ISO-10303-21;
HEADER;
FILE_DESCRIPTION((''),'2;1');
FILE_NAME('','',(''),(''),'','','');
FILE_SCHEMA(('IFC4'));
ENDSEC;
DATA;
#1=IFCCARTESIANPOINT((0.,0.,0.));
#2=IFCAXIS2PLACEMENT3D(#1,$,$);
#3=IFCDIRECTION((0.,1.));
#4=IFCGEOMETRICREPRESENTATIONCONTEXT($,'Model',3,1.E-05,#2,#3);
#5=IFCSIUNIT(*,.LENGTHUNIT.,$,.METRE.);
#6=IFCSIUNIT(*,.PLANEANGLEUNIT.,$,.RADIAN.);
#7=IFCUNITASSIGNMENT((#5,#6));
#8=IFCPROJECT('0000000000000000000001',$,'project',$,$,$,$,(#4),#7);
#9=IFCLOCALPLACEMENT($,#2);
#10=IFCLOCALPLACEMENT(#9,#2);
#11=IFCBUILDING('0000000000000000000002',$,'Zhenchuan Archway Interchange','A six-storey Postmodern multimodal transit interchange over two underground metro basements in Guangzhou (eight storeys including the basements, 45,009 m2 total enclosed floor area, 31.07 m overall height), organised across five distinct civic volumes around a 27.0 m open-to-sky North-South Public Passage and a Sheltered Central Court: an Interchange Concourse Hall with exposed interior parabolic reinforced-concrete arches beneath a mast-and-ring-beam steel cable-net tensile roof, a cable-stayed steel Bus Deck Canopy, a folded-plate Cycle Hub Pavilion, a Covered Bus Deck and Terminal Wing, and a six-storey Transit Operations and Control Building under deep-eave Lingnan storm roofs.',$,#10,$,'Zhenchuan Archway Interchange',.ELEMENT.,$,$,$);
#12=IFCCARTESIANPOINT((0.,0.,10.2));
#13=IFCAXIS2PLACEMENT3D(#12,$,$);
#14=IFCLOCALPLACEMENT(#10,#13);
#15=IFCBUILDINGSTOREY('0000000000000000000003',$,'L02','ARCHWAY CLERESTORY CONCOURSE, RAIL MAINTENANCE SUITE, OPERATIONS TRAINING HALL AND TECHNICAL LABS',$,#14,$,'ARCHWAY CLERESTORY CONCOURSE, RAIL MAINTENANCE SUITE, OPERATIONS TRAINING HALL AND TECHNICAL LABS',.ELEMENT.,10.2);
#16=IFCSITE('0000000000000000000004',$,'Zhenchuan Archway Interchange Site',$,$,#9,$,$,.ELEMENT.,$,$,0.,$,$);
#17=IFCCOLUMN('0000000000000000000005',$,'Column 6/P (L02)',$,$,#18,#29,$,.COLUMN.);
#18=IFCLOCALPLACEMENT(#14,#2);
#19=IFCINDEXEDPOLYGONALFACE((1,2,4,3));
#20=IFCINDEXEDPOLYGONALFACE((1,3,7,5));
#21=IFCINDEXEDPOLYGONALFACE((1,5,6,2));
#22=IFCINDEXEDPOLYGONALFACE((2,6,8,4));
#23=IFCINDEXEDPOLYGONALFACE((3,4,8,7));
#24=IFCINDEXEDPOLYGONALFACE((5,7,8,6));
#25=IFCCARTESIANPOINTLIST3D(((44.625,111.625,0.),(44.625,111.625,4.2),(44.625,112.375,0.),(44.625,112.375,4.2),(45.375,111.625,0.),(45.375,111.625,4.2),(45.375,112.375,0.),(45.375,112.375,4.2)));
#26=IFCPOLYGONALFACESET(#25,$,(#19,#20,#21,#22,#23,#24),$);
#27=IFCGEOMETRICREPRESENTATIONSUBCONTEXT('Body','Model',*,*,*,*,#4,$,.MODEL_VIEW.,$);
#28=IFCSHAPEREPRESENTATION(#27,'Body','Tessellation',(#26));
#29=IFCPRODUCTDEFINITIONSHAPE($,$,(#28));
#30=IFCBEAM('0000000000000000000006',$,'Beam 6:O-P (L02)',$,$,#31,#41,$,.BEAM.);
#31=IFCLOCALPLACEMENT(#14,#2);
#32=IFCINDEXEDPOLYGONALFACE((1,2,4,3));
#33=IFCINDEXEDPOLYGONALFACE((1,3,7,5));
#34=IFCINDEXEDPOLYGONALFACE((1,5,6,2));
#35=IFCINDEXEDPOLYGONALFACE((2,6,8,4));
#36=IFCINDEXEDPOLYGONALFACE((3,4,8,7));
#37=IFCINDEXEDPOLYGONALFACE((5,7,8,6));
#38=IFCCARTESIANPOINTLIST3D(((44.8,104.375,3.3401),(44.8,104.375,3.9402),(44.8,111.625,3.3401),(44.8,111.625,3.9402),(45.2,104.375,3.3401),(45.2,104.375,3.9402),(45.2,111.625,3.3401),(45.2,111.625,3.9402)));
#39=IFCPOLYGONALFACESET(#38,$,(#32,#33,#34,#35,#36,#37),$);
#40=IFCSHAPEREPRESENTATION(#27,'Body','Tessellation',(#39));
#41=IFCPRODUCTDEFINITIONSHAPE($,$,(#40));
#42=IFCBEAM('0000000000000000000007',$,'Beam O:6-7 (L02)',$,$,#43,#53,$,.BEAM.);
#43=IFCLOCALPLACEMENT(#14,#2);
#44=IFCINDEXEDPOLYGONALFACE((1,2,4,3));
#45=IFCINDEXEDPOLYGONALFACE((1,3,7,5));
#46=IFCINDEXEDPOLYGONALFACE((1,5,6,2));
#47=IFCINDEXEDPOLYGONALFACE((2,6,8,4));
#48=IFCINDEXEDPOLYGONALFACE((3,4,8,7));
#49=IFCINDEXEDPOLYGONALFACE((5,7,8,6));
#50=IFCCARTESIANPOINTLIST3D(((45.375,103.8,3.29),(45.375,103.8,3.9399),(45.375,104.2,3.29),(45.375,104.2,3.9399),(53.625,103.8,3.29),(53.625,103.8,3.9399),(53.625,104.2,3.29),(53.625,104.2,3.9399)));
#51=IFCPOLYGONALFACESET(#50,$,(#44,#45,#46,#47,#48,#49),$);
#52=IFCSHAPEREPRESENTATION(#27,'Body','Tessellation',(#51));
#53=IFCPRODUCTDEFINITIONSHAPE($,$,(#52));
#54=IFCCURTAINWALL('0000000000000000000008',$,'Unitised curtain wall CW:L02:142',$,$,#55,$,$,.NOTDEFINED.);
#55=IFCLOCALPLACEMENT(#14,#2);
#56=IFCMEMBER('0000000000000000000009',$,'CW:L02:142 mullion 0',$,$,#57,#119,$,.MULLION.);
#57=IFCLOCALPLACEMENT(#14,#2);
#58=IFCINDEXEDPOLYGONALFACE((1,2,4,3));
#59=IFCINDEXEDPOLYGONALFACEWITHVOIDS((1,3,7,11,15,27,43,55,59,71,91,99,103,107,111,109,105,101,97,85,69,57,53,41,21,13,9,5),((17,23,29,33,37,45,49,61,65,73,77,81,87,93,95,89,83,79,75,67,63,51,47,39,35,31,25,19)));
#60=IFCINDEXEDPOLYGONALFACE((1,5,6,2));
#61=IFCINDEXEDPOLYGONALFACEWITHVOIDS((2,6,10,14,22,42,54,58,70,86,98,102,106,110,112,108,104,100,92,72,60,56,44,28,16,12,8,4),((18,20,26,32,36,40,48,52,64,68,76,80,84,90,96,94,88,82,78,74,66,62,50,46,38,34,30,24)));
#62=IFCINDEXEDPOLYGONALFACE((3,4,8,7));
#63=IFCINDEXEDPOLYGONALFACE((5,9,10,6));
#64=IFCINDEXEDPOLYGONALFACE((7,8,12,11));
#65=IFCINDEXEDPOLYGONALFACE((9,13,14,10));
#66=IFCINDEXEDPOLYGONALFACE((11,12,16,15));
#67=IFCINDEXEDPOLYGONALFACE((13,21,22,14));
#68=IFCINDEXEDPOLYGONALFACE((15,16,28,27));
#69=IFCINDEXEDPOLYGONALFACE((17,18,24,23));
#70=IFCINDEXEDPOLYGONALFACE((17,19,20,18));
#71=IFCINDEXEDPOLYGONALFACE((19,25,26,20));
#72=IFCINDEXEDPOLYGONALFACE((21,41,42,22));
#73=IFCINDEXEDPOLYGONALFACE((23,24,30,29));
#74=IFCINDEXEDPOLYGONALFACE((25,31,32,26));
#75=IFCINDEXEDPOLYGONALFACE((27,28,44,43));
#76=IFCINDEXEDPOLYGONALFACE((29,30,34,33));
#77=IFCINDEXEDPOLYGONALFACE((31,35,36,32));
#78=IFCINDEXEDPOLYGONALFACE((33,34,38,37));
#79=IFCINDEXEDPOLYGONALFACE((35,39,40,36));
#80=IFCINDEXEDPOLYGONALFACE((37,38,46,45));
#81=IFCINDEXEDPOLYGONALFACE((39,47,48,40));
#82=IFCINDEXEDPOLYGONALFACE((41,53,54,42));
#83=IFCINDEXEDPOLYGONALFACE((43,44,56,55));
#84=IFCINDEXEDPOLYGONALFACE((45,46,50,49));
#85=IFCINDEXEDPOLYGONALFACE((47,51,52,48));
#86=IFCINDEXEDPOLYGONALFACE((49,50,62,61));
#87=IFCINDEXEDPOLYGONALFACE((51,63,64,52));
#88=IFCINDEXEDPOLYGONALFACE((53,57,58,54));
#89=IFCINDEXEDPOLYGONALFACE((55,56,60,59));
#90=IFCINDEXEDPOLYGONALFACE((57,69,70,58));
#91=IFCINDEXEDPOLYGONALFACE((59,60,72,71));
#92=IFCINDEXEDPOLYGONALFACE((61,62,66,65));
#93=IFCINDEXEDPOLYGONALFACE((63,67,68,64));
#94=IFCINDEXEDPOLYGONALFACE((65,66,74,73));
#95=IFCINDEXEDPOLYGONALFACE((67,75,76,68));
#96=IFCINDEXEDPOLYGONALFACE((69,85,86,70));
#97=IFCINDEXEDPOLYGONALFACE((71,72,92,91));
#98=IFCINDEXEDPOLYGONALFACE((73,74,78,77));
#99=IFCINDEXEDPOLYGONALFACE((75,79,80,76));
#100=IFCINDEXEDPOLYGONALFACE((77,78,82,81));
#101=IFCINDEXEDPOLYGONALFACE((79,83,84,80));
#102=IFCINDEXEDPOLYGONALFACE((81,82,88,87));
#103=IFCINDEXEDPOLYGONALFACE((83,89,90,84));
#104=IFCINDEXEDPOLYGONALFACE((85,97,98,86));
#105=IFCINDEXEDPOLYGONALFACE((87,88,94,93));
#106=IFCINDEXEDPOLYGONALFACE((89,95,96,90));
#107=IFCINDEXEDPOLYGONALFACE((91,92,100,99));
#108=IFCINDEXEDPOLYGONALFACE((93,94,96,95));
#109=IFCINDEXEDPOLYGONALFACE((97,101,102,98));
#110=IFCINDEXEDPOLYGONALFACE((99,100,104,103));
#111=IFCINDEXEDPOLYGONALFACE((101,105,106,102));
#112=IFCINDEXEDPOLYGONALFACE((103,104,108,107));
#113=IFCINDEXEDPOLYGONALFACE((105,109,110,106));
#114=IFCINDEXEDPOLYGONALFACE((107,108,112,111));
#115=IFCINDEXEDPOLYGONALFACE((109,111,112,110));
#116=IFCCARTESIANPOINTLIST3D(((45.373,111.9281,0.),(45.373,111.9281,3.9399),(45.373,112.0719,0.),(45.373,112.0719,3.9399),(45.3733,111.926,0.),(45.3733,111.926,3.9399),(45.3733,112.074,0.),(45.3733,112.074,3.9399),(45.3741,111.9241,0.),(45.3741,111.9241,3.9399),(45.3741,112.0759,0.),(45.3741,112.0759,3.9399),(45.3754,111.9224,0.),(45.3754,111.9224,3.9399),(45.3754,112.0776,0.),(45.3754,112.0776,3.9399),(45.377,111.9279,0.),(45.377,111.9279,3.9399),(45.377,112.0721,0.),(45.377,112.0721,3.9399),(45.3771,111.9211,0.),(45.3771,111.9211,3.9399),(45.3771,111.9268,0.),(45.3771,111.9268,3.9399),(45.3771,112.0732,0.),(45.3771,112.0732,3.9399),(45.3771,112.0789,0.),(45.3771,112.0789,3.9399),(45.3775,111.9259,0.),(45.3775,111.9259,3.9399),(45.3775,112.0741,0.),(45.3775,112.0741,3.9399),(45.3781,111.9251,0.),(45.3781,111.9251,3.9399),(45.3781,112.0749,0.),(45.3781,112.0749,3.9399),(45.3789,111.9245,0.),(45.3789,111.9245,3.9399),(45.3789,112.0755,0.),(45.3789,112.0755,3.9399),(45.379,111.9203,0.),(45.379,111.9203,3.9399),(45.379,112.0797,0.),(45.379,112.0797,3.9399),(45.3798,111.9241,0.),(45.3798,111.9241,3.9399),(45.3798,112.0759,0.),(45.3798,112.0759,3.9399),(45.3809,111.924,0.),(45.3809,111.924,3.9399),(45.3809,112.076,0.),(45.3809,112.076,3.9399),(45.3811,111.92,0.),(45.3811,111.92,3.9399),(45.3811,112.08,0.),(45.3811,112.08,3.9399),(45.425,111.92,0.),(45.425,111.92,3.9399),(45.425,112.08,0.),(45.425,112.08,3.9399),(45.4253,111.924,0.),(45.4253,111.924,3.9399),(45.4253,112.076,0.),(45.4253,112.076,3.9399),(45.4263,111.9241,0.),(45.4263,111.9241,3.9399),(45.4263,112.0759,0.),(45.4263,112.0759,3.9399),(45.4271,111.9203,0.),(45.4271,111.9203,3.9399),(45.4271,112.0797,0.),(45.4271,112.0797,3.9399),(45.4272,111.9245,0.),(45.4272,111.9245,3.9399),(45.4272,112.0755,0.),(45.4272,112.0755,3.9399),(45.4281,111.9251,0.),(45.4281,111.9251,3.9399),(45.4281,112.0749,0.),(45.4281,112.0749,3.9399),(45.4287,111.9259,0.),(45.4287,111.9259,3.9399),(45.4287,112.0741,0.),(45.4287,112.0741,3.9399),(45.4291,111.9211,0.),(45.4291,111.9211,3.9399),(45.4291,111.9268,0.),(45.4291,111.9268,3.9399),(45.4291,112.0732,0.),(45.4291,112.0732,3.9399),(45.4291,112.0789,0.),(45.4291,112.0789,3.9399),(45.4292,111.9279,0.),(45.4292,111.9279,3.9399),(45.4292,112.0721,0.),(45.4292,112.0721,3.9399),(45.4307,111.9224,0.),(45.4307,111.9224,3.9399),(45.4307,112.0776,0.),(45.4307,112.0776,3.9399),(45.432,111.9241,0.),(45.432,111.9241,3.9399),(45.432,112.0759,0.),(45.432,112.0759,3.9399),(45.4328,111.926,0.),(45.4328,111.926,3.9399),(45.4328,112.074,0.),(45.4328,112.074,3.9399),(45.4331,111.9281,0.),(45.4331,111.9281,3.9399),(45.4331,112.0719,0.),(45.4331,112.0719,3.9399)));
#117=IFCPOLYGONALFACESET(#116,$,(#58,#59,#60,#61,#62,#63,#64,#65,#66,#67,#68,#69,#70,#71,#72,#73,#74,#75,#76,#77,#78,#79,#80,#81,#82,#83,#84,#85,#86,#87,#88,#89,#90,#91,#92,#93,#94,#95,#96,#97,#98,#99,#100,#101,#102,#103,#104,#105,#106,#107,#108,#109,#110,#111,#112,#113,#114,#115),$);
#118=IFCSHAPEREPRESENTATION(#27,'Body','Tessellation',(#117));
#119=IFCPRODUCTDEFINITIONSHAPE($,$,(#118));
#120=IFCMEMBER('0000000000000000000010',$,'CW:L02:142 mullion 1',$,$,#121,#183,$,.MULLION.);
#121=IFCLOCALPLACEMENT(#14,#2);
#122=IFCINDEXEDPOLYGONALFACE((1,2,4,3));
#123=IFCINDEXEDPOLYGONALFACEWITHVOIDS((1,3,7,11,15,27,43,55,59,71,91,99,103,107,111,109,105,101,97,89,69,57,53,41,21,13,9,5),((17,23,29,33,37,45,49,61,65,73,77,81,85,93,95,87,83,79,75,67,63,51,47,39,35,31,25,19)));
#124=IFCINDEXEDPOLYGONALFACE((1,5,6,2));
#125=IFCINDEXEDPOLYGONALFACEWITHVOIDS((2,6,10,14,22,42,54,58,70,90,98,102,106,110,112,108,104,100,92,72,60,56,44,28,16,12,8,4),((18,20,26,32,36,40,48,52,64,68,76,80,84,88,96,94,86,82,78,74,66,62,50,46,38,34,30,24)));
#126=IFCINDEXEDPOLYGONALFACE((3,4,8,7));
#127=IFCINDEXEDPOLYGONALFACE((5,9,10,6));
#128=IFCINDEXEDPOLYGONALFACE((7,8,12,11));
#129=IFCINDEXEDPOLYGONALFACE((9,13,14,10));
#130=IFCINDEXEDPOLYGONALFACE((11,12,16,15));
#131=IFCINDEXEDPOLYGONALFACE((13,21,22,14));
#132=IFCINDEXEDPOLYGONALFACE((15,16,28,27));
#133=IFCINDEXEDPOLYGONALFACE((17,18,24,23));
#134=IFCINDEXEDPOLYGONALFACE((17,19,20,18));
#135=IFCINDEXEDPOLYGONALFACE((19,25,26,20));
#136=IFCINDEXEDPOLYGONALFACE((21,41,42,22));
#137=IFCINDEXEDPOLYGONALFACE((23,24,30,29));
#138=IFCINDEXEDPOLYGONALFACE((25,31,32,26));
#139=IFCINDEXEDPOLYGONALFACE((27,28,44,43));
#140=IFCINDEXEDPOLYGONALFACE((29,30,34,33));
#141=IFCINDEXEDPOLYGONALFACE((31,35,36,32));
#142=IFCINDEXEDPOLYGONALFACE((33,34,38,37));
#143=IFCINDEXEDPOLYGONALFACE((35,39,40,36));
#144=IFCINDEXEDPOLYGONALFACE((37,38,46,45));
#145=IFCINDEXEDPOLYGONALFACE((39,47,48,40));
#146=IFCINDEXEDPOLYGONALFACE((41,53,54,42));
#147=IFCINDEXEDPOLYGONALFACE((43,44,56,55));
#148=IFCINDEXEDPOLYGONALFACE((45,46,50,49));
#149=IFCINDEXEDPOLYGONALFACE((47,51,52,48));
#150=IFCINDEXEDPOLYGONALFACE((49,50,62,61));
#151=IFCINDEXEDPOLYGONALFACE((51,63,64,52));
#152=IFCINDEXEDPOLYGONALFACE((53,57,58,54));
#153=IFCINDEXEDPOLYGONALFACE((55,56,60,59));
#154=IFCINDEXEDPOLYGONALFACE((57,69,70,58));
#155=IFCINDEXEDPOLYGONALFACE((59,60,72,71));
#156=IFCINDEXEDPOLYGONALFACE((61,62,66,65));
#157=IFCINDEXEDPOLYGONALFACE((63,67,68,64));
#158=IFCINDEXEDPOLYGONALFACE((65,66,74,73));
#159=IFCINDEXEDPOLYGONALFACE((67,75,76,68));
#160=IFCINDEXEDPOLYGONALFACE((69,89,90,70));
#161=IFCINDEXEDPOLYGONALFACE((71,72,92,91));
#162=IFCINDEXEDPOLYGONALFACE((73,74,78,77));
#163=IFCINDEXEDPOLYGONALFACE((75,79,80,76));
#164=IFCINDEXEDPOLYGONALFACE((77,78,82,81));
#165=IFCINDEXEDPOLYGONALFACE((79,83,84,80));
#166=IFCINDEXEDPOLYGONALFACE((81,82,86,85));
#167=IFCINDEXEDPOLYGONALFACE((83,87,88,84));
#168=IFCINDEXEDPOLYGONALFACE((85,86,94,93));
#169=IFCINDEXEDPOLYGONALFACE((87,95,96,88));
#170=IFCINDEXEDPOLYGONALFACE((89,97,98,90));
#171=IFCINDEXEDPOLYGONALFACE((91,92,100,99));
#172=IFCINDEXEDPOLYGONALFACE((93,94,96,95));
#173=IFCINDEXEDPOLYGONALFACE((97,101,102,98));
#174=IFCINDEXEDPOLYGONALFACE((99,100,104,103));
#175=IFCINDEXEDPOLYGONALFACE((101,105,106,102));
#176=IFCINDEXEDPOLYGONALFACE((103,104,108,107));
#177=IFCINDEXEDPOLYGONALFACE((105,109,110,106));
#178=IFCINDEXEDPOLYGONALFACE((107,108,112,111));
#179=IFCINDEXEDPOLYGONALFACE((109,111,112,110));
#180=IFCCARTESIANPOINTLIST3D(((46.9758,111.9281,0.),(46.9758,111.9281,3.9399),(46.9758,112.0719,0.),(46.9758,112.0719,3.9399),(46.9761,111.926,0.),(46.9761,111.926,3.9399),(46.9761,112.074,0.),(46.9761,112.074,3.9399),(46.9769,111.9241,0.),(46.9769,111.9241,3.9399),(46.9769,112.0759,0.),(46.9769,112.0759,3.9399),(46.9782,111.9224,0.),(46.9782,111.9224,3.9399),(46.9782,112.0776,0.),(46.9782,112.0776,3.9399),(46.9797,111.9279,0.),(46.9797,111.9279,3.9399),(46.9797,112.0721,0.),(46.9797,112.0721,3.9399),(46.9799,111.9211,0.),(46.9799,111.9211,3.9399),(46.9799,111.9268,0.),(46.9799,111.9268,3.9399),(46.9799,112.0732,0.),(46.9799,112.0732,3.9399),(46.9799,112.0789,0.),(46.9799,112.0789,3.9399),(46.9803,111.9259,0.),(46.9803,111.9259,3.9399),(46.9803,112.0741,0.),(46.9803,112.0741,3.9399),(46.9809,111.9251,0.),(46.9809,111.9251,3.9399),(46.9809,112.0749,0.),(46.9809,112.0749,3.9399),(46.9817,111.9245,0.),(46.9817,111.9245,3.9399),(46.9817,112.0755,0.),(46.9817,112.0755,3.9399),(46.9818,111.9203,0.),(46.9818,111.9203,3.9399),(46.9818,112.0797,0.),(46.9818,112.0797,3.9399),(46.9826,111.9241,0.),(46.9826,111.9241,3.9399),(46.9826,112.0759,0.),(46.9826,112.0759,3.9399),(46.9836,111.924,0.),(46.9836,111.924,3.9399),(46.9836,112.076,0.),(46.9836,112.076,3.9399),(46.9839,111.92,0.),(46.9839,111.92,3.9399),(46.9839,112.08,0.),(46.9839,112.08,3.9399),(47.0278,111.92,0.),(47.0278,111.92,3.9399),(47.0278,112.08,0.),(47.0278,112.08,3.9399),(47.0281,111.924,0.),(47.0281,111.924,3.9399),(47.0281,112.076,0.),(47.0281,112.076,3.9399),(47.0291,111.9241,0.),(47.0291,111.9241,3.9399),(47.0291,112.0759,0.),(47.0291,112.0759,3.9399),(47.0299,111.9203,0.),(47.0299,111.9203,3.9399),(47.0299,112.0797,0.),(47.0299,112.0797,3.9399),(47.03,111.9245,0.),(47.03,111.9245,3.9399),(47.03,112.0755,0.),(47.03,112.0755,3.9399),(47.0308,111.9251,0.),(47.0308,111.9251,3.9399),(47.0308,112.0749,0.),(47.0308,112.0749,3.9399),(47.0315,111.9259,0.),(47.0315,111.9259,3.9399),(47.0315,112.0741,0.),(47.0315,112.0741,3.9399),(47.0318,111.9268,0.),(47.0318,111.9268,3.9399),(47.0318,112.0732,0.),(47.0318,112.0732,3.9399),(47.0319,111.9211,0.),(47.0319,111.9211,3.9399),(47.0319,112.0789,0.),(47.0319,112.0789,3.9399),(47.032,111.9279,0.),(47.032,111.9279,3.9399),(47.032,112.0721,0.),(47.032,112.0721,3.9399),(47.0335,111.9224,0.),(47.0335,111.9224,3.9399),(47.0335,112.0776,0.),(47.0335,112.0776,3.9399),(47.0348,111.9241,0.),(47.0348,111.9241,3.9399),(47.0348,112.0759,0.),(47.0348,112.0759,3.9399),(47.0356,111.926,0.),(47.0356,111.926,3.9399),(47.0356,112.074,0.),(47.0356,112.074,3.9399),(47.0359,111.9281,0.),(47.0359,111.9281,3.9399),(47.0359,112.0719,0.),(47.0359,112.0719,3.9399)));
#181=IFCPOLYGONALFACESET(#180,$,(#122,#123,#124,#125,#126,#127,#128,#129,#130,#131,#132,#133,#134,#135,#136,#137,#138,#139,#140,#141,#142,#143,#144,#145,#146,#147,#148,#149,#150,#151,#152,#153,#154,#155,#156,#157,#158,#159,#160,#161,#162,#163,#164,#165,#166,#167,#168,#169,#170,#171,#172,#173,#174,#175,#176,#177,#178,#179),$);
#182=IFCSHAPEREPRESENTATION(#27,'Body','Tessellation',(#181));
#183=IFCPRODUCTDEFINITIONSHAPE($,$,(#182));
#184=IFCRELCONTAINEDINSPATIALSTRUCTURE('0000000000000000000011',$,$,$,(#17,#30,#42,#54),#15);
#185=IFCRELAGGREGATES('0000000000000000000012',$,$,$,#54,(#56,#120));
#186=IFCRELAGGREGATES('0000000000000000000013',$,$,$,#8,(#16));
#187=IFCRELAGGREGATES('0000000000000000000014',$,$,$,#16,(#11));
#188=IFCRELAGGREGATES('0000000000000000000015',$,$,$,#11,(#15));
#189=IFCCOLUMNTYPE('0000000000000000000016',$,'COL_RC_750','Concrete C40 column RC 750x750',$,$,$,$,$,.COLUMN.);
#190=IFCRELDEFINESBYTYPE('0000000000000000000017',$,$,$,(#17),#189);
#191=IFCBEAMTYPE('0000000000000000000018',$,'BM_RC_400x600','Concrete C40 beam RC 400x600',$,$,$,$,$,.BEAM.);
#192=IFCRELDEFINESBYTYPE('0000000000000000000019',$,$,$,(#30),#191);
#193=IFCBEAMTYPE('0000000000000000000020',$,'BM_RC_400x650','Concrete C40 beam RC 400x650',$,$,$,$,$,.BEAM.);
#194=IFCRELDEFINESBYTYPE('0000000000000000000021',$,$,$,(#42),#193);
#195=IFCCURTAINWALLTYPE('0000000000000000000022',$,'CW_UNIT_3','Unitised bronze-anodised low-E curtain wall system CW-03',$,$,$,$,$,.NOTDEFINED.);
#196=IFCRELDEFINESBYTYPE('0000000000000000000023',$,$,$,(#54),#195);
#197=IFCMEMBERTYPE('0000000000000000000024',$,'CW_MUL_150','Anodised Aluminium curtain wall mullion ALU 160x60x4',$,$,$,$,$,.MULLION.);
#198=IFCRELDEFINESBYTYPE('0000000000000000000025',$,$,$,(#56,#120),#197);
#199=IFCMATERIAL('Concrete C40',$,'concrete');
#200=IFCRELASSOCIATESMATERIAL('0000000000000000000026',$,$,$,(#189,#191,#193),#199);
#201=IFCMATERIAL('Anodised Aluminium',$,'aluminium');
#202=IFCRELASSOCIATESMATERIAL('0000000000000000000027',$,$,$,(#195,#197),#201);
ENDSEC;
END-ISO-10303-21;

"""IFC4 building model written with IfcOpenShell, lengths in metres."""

from ifc_helpers import new_model, si_unit, direction, frame, origin, origin_2d, place, context, subcontext, project, spatial, rectangle, hollow_rectangle, extrude, material, material_profile, profile_set, type_object, element, aggregate, save


model = new_model("IFC4")

# Units and contexts
model_context = context("Model", 3, precision=1e-05, world=origin(), true_north=direction((0.0, 1.0)))
body_context = subcontext(model_context, "Body", "Model", "MODEL_VIEW")
ifc_project = project(units=[si_unit("LENGTHUNIT", "METRE"), si_unit("PLANEANGLEUNIT", "RADIAN")], contexts=[model_context])

# Site, building, storey
site_placement = place(None, origin())
site = spatial("IfcSite", under=ifc_project, at=site_placement, Name="Zhenchuan Archway Interchange Site", CompositionType="ELEMENT", RefElevation=0.0)
building_placement = place(site_placement, origin())
building = spatial("IfcBuilding", under=site, at=building_placement, Name="Zhenchuan Archway Interchange", Description="A six-storey Postmodern multimodal transit interchange over two underground metro basements in Guangzhou (eight storeys including the basements, 45,009 m2 total enclosed floor area, 31.07 m overall height), organised across five distinct civic volumes around a 27.0 m open-to-sky North-South Public Passage and a Sheltered Central Court: an Interchange Concourse Hall with exposed interior parabolic reinforced-concrete arches beneath a mast-and-ring-beam steel cable-net tensile roof, a cable-stayed steel Bus Deck Canopy, a folded-plate Cycle Hub Pavilion, a Covered Bus Deck and Terminal Wing, and a six-storey Transit Operations and Control Building under deep-eave Lingnan storm roofs.", LongName="Zhenchuan Archway Interchange", CompositionType="ELEMENT")
storey_placement = place(building_placement, frame((0.0, 0.0, 10.2)))
storey = spatial("IfcBuildingStorey", under=building, at=storey_placement, Name="L02", Description="ARCHWAY CLERESTORY CONCOURSE, RAIL MAINTENANCE SUITE, OPERATIONS TRAINING HALL AND TECHNICAL LABS", LongName="ARCHWAY CLERESTORY CONCOURSE, RAIL MAINTENANCE SUITE, OPERATIONS TRAINING HALL AND TECHNICAL LABS", CompositionType="ELEMENT", Elevation=10.2)

# Column
ifc_material_1 = material(Name="Concrete C40", Category="concrete")
ifc_material_profile_1 = material_profile(ifc_material_1, rectangle(XDim=0.75, YDim=0.75, at=origin_2d()), Name="RC 750x750")
ifc_profile_set_1 = profile_set([ifc_material_profile_1], Name="Concrete C40")
column_type = type_object("IfcColumnType", Name="COL_RC_750", Description="Concrete C40 column RC 750x750", PredefinedType="COLUMN", material=ifc_profile_set_1)
column_placement = place(storey_placement, frame((45.0, 112.0, 0.0), z_axis=(0.0, 0.0, 1.0), x_axis=(1.0, 0.0, 0.0)))
element("IfcColumn", 1, at=column_placement, inside=storey, type_object=column_type, Name="Column 6/P (L02)", PredefinedType="COLUMN", context=body_context, shape_type="SweptSolid", body=[
    extrude(rectangle(XDim=0.75, YDim=0.75, at=origin_2d()), origin(), (0.0, 0.0, 1.0), 4.2),
])

# Beams
ifc_material_profile_2 = material_profile(ifc_material_1, rectangle(XDim=0.3999, YDim=0.6001, at=origin_2d()), Name="RC 400x600")
ifc_profile_set_2 = profile_set([ifc_material_profile_2], Name="Concrete C40")
beam_type_1 = type_object("IfcBeamType", Name="BM_RC_400x600", Description="Concrete C40 beam RC 400x600", PredefinedType="BEAM", material=ifc_profile_set_2)
beam_1_placement = place(storey_placement, frame((45.0, 104.375, 3.6401), z_axis=(0.0, 1.0, 0.0), x_axis=(-1.0, 0.0, 0.0)))
element("IfcBeam", 2, at=beam_1_placement, inside=storey, type_object=beam_type_1, Name="Beam 6:O-P (L02)", PredefinedType="BEAM", context=body_context, shape_type="SweptSolid", body=[
    extrude(rectangle(XDim=0.3999, YDim=0.6001, at=origin_2d()), origin(), (0.0, 0.0, 1.0), 7.25),
])
ifc_material_profile_3 = material_profile(ifc_material_1, rectangle(XDim=0.3999, YDim=0.6499, at=origin_2d()), Name="RC 400x650")
ifc_profile_set_3 = profile_set([ifc_material_profile_3], Name="Concrete C40")
beam_type_2 = type_object("IfcBeamType", Name="BM_RC_400x650", Description="Concrete C40 beam RC 400x650", PredefinedType="BEAM", material=ifc_profile_set_3)
beam_2_placement = place(storey_placement, frame((45.375, 104.0, 3.615), z_axis=(1.0, 0.0, 0.0), x_axis=(0.0, 1.0, 0.0)))
element("IfcBeam", 3, at=beam_2_placement, inside=storey, type_object=beam_type_2, Name="Beam O:6-7 (L02)", PredefinedType="BEAM", context=body_context, shape_type="SweptSolid", body=[
    extrude(rectangle(XDim=0.3999, YDim=0.6499, at=origin_2d()), origin(), (0.0, 0.0, 1.0), 8.25),
])

# Curtain wall, members
ifc_material_2 = material(Name="Anodised Aluminium", Category="aluminium")
curtain_wall_type = type_object("IfcCurtainWallType", Name="CW_UNIT_3", Description="Unitised bronze-anodised low-E curtain wall system CW-03", PredefinedType="NOTDEFINED", material=ifc_material_2)
curtain_wall_placement = place(storey_placement, origin())
curtain_wall = element("IfcCurtainWall", 4, at=curtain_wall_placement, inside=storey, type_object=curtain_wall_type, Name="Unitised curtain wall CW:L02:142", PredefinedType="NOTDEFINED")
ifc_material_profile_4 = material_profile(ifc_material_2, hollow_rectangle(XDim=0.0601, YDim=0.1599, WallThickness=0.0039, InnerFilletRadius=0.0039, OuterFilletRadius=0.0081, at=origin_2d()), Name="ALU 160x60x4")
ifc_profile_set_4 = profile_set([ifc_material_profile_4], Name="Anodised Aluminium")
member_type_1 = type_object("IfcMemberType", Name="CW_MUL_150", Description="Anodised Aluminium curtain wall mullion ALU 160x60x4", PredefinedType="MULLION", material=ifc_profile_set_4)
member_1_placement = place(storey_placement, frame((45.4031, 112.0, 0.0), z_axis=(0.0, 0.0, 1.0), x_axis=(1.0, 0.0, 0.0)))
member_1 = element("IfcMember", 5, at=member_1_placement, type_object=member_type_1, Name="CW:L02:142 mullion 0", PredefinedType="MULLION", context=body_context, shape_type="SweptSolid", body=[
    extrude(hollow_rectangle(XDim=0.0601, YDim=0.1599, WallThickness=0.0039, InnerFilletRadius=0.0039, OuterFilletRadius=0.0081, at=origin_2d()), origin(), (0.0, 0.0, 1.0), 3.9399),
])
member_2_placement = place(storey_placement, frame((47.0059, 112.0, 0.0), z_axis=(0.0, 0.0, 1.0), x_axis=(1.0, 0.0, 0.0)))
member_2 = element("IfcMember", 6, at=member_2_placement, type_object=member_type_1, Name="CW:L02:142 mullion 1", PredefinedType="MULLION", context=body_context, shape_type="SweptSolid", body=[
    extrude(hollow_rectangle(XDim=0.0601, YDim=0.1599, WallThickness=0.0039, InnerFilletRadius=0.0039, OuterFilletRadius=0.0081, at=origin_2d()), origin(), (0.0, 0.0, 1.0), 3.9399),
])

aggregate(curtain_wall, [member_1, member_2])

save(model, "model.ifc")
